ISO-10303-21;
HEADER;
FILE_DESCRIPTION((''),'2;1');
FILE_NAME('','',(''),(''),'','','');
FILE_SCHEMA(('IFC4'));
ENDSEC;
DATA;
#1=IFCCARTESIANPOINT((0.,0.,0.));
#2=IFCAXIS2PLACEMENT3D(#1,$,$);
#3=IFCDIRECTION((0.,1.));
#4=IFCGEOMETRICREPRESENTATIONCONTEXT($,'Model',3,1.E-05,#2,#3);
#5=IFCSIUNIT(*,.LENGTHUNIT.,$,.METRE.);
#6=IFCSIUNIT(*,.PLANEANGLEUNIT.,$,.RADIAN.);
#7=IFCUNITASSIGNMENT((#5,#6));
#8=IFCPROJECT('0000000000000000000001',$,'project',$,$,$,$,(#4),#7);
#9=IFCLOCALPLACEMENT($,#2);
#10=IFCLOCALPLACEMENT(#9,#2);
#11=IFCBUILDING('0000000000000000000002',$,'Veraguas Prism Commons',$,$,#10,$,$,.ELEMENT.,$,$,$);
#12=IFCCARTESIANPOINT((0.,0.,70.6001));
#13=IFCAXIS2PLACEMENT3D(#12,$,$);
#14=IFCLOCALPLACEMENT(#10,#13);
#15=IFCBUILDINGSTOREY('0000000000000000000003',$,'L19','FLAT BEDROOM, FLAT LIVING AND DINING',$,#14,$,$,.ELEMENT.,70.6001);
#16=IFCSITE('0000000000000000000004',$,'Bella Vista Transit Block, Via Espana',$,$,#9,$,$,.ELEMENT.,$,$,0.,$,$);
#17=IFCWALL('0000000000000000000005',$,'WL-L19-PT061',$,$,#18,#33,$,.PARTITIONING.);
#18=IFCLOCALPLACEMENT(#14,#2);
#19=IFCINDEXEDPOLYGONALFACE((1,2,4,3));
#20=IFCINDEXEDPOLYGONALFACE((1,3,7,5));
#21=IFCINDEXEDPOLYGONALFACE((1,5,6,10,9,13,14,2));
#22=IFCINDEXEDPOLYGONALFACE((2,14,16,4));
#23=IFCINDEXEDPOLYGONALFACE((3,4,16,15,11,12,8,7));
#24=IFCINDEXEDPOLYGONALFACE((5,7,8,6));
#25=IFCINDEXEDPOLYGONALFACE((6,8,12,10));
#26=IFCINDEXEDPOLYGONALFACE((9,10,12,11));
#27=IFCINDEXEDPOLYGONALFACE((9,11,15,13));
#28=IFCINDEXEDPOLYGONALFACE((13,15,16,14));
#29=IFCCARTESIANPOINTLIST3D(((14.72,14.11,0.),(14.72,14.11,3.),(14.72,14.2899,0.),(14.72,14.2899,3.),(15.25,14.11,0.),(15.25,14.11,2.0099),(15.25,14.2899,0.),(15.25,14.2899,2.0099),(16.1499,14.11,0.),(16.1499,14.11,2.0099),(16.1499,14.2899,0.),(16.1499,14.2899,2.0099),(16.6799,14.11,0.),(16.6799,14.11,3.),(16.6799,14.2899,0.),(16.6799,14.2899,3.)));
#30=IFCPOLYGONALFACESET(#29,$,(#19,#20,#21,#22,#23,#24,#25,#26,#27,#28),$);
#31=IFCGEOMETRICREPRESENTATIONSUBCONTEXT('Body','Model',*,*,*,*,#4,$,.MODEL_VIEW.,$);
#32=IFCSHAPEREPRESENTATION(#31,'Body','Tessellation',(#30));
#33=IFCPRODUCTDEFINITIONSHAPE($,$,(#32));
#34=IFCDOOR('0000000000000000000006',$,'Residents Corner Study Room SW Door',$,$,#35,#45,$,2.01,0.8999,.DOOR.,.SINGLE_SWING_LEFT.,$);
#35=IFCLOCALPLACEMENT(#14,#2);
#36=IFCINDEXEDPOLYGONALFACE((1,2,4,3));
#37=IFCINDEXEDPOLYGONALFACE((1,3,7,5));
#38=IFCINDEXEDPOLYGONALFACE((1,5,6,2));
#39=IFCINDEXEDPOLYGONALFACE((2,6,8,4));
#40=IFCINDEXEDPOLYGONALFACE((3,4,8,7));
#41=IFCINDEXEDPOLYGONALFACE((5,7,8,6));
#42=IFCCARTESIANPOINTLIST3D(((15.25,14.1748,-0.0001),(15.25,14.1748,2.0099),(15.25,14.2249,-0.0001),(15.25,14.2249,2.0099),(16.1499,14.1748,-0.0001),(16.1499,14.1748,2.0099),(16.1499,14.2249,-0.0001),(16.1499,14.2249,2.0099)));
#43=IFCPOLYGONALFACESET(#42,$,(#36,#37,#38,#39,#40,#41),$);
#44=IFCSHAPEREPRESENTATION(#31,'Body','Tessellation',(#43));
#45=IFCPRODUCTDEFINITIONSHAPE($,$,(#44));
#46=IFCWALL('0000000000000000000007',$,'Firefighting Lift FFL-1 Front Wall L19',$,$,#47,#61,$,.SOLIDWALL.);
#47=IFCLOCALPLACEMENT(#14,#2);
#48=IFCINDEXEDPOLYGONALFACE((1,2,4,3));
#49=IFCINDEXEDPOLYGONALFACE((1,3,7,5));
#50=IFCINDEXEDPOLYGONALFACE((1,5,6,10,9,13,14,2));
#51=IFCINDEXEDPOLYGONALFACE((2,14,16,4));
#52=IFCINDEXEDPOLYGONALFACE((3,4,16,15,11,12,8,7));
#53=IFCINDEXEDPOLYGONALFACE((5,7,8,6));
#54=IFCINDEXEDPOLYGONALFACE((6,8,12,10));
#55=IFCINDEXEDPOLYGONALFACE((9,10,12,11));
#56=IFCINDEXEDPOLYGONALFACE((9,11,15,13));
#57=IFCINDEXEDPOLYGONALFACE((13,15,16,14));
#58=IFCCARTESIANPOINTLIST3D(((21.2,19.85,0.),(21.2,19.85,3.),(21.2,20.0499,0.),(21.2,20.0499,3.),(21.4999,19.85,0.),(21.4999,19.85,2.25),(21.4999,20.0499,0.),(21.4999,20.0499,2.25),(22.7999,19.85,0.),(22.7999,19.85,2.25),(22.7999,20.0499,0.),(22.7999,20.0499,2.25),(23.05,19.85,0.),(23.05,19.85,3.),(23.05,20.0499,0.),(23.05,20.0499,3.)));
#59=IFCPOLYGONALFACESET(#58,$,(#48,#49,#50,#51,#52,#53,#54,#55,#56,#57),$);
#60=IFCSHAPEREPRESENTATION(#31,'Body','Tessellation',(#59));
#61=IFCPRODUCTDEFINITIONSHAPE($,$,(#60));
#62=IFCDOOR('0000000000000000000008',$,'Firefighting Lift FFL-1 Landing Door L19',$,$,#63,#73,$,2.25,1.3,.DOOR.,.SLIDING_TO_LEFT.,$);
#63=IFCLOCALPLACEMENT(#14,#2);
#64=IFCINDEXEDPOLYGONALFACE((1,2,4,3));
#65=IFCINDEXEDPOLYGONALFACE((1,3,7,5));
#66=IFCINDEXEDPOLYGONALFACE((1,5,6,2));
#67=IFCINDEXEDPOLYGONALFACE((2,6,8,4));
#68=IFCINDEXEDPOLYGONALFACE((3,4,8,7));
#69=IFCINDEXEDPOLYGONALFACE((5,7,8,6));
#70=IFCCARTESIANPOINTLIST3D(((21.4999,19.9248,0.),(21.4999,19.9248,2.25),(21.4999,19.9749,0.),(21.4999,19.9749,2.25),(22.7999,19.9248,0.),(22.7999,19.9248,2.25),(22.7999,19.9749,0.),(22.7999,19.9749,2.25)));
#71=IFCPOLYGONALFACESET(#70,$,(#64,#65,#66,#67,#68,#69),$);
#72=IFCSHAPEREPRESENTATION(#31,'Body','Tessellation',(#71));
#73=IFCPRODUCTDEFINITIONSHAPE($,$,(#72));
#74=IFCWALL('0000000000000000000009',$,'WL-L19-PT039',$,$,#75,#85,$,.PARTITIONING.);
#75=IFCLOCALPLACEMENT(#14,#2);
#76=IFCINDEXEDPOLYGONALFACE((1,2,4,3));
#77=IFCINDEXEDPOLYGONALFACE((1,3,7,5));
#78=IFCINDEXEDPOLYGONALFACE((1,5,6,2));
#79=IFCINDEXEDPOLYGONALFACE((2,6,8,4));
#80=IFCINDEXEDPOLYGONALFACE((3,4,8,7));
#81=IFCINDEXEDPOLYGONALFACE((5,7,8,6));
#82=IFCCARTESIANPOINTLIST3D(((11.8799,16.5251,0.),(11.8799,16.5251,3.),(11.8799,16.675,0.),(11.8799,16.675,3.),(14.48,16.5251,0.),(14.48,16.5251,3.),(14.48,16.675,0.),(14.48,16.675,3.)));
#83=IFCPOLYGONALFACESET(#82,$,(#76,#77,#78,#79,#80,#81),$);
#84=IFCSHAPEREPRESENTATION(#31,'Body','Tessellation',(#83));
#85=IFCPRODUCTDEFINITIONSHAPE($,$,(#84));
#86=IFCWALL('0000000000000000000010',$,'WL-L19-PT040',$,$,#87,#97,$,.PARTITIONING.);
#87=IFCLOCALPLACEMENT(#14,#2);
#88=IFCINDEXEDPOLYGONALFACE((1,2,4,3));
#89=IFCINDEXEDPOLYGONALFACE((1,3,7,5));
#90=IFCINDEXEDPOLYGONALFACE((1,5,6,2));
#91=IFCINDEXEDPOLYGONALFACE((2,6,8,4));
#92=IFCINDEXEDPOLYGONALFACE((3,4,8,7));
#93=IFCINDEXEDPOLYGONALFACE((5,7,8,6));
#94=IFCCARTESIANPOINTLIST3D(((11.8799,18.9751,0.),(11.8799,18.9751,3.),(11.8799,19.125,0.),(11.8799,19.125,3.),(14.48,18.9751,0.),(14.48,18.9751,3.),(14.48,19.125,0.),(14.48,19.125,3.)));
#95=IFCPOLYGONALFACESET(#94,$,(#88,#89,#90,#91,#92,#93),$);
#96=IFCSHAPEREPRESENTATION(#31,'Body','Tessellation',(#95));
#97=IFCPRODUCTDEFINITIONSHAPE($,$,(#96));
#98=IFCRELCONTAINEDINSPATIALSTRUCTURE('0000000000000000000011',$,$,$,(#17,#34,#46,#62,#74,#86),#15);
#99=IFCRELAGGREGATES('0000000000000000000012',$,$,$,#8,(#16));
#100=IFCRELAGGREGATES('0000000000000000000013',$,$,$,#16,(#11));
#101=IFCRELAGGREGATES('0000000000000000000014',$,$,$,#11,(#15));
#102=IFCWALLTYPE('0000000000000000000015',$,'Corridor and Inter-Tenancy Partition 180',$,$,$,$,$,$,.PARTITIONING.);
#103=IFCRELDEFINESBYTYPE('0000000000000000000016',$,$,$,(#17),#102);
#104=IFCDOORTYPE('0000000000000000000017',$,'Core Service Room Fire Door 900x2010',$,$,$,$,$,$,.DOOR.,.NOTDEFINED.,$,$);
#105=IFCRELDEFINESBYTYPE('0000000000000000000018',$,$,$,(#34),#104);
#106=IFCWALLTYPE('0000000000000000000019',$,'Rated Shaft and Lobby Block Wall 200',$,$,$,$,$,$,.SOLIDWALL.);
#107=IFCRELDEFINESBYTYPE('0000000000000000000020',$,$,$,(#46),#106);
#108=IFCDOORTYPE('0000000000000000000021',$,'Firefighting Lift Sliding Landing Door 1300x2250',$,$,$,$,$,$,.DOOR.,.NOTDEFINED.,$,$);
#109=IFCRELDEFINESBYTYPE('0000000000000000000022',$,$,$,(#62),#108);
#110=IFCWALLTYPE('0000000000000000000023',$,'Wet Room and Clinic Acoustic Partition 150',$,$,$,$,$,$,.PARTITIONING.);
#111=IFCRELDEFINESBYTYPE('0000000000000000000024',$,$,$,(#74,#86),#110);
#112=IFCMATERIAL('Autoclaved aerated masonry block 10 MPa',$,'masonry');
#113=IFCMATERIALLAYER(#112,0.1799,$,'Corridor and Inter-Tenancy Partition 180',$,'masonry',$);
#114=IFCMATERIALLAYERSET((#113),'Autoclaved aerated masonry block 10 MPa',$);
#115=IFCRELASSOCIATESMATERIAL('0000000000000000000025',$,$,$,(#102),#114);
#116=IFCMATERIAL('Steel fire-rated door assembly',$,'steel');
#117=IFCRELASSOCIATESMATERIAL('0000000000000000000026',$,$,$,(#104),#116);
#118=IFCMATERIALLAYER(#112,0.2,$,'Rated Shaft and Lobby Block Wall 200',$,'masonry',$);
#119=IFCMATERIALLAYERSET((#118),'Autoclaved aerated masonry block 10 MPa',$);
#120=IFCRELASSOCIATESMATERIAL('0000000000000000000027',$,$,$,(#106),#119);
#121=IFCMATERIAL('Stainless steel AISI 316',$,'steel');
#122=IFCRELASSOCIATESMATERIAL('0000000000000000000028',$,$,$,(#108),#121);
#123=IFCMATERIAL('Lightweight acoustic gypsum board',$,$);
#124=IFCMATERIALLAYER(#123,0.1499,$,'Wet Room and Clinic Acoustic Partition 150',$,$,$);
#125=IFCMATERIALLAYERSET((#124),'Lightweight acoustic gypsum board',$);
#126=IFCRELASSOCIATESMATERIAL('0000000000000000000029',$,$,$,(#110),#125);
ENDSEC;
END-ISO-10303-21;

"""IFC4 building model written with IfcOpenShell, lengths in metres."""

from ifc_helpers import new_model, si_unit, direction, frame, frame_2d, origin, place, context, subcontext, project, spatial, rectangle, extrude, source, transform, mapped, material, layer, layer_set, type_object, element, fill, save


model = new_model("IFC4")

# Units and contexts
model_context = context("Model", 3, precision=1e-05, world=origin(), true_north=direction((0.0, 1.0)))
body_context = subcontext(model_context, "Body", "Model", "MODEL_VIEW")
ifc_project = project(units=[si_unit("LENGTHUNIT", "METRE"), si_unit("PLANEANGLEUNIT", "RADIAN")], contexts=[model_context])

# Site, building, storey
site_placement = place(None, origin())
site = spatial("IfcSite", under=ifc_project, at=site_placement, Name="Bella Vista Transit Block, Via Espana", CompositionType="ELEMENT", RefElevation=0.0)
building_placement = place(site_placement, origin())
building = spatial("IfcBuilding", under=site, at=building_placement, Name="Veraguas Prism Commons", CompositionType="ELEMENT")
storey_placement = place(building_placement, frame((0.0, 0.0, 70.6001)))
storey = spatial("IfcBuildingStorey", under=building, at=storey_placement, Name="L19", Description="FLAT BEDROOM, FLAT LIVING AND DINING", CompositionType="ELEMENT", Elevation=70.6001)

# Shared definitions
ifc_material_1 = material(Name="Steel fire-rated door assembly", Category="steel")

# Shared definitions
ifc_material_2 = material(Name="Autoclaved aerated masonry block 10 MPa", Category="masonry")
ifc_layer_1 = layer(ifc_material_2, 0.1799, Name="Corridor and Inter-Tenancy Partition 180", Category="masonry")
ifc_layer_set_1 = layer_set([ifc_layer_1], Name="Autoclaved aerated masonry block 10 MPa")
wall_type_1 = type_object("IfcWallType", Name="Corridor and Inter-Tenancy Partition 180", PredefinedType="PARTITIONING", material=ifc_layer_set_1)

# Walls, openings, doors
wall_1_placement = place(storey_placement, frame((14.72, 14.2, 0.0), z_axis=(0.0, 0.0, 1.0), x_axis=(1.0, 0.0, 0.0)))
wall_1 = element("IfcWall", 1, at=wall_1_placement, inside=storey, type_object=wall_type_1, Name="WL-L19-PT061", PredefinedType="PARTITIONING", context=body_context, shape_type="SweptSolid", body=[
    extrude(rectangle(XDim=1.96, YDim=0.1799, at=frame_2d((0.98, 0.0))), origin(), (0.0, 0.0, 1.0), 3.0),
])
opening_1_placement = place(wall_1_placement, frame((0.53, 0.0, 0.0)))
opening_1 = element("IfcOpeningElement", 2, at=opening_1_placement, cuts=wall_1, PredefinedType="OPENING", context=body_context, shape_type="SweptSolid", body=[
    extrude(rectangle(XDim=0.8999, YDim=2.01, at=frame_2d((0.45, 1.0049))), frame((0.0, 0.0999, 0.0), z_axis=(0.0, -1.0, 0.0), x_axis=(1.0, 0.0, 0.0)), (0.0, 0.0, 1.0), 0.2),
])
door_type_1 = type_object("IfcDoorType", Name="Core Service Room Fire Door 900x2010", OperationType="NOTDEFINED", PredefinedType="DOOR", material=ifc_material_1)
shared_shape_1 = source(origin(), body_context, "Body", "SweptSolid", [
    extrude(rectangle(XDim=0.8999, YDim=2.01, at=frame_2d((0.45, 1.0049))), frame((0.0, 0.0249, 0.0), z_axis=(0.0, -1.0, 0.0), x_axis=(1.0, 0.0, 0.0)), (0.0, 0.0, 1.0), 0.05),
])
door_1_placement = place(opening_1_placement, origin())
door_1 = element("IfcDoor", 3, at=door_1_placement, inside=storey, type_object=door_type_1, Name="Residents Corner Study Room SW Door", OperationType="SINGLE_SWING_LEFT", OverallHeight=2.01, OverallWidth=0.8999, PredefinedType="DOOR", context=body_context, shape_type="MappedRepresentation", body=[
    mapped(shared_shape_1, transform((0.0, 0.0, 0.0), scale=1.0)),
])
fill(opening_1, door_1)
ifc_layer_2 = layer(ifc_material_2, 0.2, Name="Rated Shaft and Lobby Block Wall 200", Category="masonry")
ifc_layer_set_2 = layer_set([ifc_layer_2], Name="Autoclaved aerated masonry block 10 MPa")
wall_type_2 = type_object("IfcWallType", Name="Rated Shaft and Lobby Block Wall 200", PredefinedType="SOLIDWALL", material=ifc_layer_set_2)
wall_2_placement = place(storey_placement, frame((21.2, 19.95, 0.0), z_axis=(0.0, 0.0, 1.0), x_axis=(1.0, 0.0, 0.0)))
wall_2 = element("IfcWall", 4, at=wall_2_placement, inside=storey, type_object=wall_type_2, Name="Firefighting Lift FFL-1 Front Wall L19", PredefinedType="SOLIDWALL", context=body_context, shape_type="SweptSolid", body=[
    extrude(rectangle(XDim=1.8501, YDim=0.2, at=frame_2d((0.925, 0.0))), origin(), (0.0, 0.0, 1.0), 3.0),
])
opening_2_placement = place(wall_2_placement, frame((0.3, 0.0, 0.0)))
opening_2 = element("IfcOpeningElement", 5, at=opening_2_placement, cuts=wall_2, PredefinedType="OPENING", context=body_context, shape_type="SweptSolid", body=[
    extrude(rectangle(XDim=1.3, YDim=2.25, at=frame_2d((0.6499, 1.125))), frame((0.0, 0.1099, 0.0), z_axis=(0.0, -1.0, 0.0), x_axis=(1.0, 0.0, 0.0)), (0.0, 0.0, 1.0), 0.22),
])
ifc_material_3 = material(Name="Stainless steel AISI 316", Category="steel")
door_type_2 = type_object("IfcDoorType", Name="Firefighting Lift Sliding Landing Door 1300x2250", OperationType="NOTDEFINED", PredefinedType="DOOR", material=ifc_material_3)
shared_shape_2 = source(origin(), body_context, "Body", "SweptSolid", [
    extrude(rectangle(XDim=1.3, YDim=2.25, at=frame_2d((0.6499, 1.125))), frame((0.0, 0.0249, 0.0), z_axis=(0.0, -1.0, 0.0), x_axis=(1.0, 0.0, 0.0)), (0.0, 0.0, 1.0), 0.05),
])
door_2_placement = place(opening_2_placement, origin())
door_2 = element("IfcDoor", 6, at=door_2_placement, inside=storey, type_object=door_type_2, Name="Firefighting Lift FFL-1 Landing Door L19", OperationType="SLIDING_TO_LEFT", OverallHeight=2.25, OverallWidth=1.3, PredefinedType="DOOR", context=body_context, shape_type="MappedRepresentation", body=[
    mapped(shared_shape_2, transform((0.0, 0.0, 0.0), scale=1.0)),
])
fill(opening_2, door_2)

# Walls
ifc_material_4 = material(Name="Lightweight acoustic gypsum board")
ifc_layer_3 = layer(ifc_material_4, 0.1499, Name="Wet Room and Clinic Acoustic Partition 150")
ifc_layer_set_3 = layer_set([ifc_layer_3], Name="Lightweight acoustic gypsum board")
wall_type_3 = type_object("IfcWallType", Name="Wet Room and Clinic Acoustic Partition 150", PredefinedType="PARTITIONING", material=ifc_layer_set_3)
for number, where, z_axis, x_axis, name in (
    (7, (14.48, 16.6001, 0.0), (0.0, 0.0, 1.0), (-1.0, 0.0, 0.0), "WL-L19-PT039"),
    (8, (14.48, 19.05, 0.0), (0.0, 0.0, 1.0), (-1.0, 0.0, 0.0), "WL-L19-PT040"),
):
    element("IfcWall", number, at=place(storey_placement, frame(where, z_axis=z_axis, x_axis=x_axis)), inside=storey, type_object=wall_type_3, Name=name, PredefinedType="PARTITIONING", context=body_context, shape_type="SweptSolid", body=[
        extrude(rectangle(XDim=2.6001, YDim=0.1499, at=frame_2d((1.3, 0.0))), origin(), (0.0, 0.0, 1.0), 3.0),
    ])

save(model, "model.ifc")
